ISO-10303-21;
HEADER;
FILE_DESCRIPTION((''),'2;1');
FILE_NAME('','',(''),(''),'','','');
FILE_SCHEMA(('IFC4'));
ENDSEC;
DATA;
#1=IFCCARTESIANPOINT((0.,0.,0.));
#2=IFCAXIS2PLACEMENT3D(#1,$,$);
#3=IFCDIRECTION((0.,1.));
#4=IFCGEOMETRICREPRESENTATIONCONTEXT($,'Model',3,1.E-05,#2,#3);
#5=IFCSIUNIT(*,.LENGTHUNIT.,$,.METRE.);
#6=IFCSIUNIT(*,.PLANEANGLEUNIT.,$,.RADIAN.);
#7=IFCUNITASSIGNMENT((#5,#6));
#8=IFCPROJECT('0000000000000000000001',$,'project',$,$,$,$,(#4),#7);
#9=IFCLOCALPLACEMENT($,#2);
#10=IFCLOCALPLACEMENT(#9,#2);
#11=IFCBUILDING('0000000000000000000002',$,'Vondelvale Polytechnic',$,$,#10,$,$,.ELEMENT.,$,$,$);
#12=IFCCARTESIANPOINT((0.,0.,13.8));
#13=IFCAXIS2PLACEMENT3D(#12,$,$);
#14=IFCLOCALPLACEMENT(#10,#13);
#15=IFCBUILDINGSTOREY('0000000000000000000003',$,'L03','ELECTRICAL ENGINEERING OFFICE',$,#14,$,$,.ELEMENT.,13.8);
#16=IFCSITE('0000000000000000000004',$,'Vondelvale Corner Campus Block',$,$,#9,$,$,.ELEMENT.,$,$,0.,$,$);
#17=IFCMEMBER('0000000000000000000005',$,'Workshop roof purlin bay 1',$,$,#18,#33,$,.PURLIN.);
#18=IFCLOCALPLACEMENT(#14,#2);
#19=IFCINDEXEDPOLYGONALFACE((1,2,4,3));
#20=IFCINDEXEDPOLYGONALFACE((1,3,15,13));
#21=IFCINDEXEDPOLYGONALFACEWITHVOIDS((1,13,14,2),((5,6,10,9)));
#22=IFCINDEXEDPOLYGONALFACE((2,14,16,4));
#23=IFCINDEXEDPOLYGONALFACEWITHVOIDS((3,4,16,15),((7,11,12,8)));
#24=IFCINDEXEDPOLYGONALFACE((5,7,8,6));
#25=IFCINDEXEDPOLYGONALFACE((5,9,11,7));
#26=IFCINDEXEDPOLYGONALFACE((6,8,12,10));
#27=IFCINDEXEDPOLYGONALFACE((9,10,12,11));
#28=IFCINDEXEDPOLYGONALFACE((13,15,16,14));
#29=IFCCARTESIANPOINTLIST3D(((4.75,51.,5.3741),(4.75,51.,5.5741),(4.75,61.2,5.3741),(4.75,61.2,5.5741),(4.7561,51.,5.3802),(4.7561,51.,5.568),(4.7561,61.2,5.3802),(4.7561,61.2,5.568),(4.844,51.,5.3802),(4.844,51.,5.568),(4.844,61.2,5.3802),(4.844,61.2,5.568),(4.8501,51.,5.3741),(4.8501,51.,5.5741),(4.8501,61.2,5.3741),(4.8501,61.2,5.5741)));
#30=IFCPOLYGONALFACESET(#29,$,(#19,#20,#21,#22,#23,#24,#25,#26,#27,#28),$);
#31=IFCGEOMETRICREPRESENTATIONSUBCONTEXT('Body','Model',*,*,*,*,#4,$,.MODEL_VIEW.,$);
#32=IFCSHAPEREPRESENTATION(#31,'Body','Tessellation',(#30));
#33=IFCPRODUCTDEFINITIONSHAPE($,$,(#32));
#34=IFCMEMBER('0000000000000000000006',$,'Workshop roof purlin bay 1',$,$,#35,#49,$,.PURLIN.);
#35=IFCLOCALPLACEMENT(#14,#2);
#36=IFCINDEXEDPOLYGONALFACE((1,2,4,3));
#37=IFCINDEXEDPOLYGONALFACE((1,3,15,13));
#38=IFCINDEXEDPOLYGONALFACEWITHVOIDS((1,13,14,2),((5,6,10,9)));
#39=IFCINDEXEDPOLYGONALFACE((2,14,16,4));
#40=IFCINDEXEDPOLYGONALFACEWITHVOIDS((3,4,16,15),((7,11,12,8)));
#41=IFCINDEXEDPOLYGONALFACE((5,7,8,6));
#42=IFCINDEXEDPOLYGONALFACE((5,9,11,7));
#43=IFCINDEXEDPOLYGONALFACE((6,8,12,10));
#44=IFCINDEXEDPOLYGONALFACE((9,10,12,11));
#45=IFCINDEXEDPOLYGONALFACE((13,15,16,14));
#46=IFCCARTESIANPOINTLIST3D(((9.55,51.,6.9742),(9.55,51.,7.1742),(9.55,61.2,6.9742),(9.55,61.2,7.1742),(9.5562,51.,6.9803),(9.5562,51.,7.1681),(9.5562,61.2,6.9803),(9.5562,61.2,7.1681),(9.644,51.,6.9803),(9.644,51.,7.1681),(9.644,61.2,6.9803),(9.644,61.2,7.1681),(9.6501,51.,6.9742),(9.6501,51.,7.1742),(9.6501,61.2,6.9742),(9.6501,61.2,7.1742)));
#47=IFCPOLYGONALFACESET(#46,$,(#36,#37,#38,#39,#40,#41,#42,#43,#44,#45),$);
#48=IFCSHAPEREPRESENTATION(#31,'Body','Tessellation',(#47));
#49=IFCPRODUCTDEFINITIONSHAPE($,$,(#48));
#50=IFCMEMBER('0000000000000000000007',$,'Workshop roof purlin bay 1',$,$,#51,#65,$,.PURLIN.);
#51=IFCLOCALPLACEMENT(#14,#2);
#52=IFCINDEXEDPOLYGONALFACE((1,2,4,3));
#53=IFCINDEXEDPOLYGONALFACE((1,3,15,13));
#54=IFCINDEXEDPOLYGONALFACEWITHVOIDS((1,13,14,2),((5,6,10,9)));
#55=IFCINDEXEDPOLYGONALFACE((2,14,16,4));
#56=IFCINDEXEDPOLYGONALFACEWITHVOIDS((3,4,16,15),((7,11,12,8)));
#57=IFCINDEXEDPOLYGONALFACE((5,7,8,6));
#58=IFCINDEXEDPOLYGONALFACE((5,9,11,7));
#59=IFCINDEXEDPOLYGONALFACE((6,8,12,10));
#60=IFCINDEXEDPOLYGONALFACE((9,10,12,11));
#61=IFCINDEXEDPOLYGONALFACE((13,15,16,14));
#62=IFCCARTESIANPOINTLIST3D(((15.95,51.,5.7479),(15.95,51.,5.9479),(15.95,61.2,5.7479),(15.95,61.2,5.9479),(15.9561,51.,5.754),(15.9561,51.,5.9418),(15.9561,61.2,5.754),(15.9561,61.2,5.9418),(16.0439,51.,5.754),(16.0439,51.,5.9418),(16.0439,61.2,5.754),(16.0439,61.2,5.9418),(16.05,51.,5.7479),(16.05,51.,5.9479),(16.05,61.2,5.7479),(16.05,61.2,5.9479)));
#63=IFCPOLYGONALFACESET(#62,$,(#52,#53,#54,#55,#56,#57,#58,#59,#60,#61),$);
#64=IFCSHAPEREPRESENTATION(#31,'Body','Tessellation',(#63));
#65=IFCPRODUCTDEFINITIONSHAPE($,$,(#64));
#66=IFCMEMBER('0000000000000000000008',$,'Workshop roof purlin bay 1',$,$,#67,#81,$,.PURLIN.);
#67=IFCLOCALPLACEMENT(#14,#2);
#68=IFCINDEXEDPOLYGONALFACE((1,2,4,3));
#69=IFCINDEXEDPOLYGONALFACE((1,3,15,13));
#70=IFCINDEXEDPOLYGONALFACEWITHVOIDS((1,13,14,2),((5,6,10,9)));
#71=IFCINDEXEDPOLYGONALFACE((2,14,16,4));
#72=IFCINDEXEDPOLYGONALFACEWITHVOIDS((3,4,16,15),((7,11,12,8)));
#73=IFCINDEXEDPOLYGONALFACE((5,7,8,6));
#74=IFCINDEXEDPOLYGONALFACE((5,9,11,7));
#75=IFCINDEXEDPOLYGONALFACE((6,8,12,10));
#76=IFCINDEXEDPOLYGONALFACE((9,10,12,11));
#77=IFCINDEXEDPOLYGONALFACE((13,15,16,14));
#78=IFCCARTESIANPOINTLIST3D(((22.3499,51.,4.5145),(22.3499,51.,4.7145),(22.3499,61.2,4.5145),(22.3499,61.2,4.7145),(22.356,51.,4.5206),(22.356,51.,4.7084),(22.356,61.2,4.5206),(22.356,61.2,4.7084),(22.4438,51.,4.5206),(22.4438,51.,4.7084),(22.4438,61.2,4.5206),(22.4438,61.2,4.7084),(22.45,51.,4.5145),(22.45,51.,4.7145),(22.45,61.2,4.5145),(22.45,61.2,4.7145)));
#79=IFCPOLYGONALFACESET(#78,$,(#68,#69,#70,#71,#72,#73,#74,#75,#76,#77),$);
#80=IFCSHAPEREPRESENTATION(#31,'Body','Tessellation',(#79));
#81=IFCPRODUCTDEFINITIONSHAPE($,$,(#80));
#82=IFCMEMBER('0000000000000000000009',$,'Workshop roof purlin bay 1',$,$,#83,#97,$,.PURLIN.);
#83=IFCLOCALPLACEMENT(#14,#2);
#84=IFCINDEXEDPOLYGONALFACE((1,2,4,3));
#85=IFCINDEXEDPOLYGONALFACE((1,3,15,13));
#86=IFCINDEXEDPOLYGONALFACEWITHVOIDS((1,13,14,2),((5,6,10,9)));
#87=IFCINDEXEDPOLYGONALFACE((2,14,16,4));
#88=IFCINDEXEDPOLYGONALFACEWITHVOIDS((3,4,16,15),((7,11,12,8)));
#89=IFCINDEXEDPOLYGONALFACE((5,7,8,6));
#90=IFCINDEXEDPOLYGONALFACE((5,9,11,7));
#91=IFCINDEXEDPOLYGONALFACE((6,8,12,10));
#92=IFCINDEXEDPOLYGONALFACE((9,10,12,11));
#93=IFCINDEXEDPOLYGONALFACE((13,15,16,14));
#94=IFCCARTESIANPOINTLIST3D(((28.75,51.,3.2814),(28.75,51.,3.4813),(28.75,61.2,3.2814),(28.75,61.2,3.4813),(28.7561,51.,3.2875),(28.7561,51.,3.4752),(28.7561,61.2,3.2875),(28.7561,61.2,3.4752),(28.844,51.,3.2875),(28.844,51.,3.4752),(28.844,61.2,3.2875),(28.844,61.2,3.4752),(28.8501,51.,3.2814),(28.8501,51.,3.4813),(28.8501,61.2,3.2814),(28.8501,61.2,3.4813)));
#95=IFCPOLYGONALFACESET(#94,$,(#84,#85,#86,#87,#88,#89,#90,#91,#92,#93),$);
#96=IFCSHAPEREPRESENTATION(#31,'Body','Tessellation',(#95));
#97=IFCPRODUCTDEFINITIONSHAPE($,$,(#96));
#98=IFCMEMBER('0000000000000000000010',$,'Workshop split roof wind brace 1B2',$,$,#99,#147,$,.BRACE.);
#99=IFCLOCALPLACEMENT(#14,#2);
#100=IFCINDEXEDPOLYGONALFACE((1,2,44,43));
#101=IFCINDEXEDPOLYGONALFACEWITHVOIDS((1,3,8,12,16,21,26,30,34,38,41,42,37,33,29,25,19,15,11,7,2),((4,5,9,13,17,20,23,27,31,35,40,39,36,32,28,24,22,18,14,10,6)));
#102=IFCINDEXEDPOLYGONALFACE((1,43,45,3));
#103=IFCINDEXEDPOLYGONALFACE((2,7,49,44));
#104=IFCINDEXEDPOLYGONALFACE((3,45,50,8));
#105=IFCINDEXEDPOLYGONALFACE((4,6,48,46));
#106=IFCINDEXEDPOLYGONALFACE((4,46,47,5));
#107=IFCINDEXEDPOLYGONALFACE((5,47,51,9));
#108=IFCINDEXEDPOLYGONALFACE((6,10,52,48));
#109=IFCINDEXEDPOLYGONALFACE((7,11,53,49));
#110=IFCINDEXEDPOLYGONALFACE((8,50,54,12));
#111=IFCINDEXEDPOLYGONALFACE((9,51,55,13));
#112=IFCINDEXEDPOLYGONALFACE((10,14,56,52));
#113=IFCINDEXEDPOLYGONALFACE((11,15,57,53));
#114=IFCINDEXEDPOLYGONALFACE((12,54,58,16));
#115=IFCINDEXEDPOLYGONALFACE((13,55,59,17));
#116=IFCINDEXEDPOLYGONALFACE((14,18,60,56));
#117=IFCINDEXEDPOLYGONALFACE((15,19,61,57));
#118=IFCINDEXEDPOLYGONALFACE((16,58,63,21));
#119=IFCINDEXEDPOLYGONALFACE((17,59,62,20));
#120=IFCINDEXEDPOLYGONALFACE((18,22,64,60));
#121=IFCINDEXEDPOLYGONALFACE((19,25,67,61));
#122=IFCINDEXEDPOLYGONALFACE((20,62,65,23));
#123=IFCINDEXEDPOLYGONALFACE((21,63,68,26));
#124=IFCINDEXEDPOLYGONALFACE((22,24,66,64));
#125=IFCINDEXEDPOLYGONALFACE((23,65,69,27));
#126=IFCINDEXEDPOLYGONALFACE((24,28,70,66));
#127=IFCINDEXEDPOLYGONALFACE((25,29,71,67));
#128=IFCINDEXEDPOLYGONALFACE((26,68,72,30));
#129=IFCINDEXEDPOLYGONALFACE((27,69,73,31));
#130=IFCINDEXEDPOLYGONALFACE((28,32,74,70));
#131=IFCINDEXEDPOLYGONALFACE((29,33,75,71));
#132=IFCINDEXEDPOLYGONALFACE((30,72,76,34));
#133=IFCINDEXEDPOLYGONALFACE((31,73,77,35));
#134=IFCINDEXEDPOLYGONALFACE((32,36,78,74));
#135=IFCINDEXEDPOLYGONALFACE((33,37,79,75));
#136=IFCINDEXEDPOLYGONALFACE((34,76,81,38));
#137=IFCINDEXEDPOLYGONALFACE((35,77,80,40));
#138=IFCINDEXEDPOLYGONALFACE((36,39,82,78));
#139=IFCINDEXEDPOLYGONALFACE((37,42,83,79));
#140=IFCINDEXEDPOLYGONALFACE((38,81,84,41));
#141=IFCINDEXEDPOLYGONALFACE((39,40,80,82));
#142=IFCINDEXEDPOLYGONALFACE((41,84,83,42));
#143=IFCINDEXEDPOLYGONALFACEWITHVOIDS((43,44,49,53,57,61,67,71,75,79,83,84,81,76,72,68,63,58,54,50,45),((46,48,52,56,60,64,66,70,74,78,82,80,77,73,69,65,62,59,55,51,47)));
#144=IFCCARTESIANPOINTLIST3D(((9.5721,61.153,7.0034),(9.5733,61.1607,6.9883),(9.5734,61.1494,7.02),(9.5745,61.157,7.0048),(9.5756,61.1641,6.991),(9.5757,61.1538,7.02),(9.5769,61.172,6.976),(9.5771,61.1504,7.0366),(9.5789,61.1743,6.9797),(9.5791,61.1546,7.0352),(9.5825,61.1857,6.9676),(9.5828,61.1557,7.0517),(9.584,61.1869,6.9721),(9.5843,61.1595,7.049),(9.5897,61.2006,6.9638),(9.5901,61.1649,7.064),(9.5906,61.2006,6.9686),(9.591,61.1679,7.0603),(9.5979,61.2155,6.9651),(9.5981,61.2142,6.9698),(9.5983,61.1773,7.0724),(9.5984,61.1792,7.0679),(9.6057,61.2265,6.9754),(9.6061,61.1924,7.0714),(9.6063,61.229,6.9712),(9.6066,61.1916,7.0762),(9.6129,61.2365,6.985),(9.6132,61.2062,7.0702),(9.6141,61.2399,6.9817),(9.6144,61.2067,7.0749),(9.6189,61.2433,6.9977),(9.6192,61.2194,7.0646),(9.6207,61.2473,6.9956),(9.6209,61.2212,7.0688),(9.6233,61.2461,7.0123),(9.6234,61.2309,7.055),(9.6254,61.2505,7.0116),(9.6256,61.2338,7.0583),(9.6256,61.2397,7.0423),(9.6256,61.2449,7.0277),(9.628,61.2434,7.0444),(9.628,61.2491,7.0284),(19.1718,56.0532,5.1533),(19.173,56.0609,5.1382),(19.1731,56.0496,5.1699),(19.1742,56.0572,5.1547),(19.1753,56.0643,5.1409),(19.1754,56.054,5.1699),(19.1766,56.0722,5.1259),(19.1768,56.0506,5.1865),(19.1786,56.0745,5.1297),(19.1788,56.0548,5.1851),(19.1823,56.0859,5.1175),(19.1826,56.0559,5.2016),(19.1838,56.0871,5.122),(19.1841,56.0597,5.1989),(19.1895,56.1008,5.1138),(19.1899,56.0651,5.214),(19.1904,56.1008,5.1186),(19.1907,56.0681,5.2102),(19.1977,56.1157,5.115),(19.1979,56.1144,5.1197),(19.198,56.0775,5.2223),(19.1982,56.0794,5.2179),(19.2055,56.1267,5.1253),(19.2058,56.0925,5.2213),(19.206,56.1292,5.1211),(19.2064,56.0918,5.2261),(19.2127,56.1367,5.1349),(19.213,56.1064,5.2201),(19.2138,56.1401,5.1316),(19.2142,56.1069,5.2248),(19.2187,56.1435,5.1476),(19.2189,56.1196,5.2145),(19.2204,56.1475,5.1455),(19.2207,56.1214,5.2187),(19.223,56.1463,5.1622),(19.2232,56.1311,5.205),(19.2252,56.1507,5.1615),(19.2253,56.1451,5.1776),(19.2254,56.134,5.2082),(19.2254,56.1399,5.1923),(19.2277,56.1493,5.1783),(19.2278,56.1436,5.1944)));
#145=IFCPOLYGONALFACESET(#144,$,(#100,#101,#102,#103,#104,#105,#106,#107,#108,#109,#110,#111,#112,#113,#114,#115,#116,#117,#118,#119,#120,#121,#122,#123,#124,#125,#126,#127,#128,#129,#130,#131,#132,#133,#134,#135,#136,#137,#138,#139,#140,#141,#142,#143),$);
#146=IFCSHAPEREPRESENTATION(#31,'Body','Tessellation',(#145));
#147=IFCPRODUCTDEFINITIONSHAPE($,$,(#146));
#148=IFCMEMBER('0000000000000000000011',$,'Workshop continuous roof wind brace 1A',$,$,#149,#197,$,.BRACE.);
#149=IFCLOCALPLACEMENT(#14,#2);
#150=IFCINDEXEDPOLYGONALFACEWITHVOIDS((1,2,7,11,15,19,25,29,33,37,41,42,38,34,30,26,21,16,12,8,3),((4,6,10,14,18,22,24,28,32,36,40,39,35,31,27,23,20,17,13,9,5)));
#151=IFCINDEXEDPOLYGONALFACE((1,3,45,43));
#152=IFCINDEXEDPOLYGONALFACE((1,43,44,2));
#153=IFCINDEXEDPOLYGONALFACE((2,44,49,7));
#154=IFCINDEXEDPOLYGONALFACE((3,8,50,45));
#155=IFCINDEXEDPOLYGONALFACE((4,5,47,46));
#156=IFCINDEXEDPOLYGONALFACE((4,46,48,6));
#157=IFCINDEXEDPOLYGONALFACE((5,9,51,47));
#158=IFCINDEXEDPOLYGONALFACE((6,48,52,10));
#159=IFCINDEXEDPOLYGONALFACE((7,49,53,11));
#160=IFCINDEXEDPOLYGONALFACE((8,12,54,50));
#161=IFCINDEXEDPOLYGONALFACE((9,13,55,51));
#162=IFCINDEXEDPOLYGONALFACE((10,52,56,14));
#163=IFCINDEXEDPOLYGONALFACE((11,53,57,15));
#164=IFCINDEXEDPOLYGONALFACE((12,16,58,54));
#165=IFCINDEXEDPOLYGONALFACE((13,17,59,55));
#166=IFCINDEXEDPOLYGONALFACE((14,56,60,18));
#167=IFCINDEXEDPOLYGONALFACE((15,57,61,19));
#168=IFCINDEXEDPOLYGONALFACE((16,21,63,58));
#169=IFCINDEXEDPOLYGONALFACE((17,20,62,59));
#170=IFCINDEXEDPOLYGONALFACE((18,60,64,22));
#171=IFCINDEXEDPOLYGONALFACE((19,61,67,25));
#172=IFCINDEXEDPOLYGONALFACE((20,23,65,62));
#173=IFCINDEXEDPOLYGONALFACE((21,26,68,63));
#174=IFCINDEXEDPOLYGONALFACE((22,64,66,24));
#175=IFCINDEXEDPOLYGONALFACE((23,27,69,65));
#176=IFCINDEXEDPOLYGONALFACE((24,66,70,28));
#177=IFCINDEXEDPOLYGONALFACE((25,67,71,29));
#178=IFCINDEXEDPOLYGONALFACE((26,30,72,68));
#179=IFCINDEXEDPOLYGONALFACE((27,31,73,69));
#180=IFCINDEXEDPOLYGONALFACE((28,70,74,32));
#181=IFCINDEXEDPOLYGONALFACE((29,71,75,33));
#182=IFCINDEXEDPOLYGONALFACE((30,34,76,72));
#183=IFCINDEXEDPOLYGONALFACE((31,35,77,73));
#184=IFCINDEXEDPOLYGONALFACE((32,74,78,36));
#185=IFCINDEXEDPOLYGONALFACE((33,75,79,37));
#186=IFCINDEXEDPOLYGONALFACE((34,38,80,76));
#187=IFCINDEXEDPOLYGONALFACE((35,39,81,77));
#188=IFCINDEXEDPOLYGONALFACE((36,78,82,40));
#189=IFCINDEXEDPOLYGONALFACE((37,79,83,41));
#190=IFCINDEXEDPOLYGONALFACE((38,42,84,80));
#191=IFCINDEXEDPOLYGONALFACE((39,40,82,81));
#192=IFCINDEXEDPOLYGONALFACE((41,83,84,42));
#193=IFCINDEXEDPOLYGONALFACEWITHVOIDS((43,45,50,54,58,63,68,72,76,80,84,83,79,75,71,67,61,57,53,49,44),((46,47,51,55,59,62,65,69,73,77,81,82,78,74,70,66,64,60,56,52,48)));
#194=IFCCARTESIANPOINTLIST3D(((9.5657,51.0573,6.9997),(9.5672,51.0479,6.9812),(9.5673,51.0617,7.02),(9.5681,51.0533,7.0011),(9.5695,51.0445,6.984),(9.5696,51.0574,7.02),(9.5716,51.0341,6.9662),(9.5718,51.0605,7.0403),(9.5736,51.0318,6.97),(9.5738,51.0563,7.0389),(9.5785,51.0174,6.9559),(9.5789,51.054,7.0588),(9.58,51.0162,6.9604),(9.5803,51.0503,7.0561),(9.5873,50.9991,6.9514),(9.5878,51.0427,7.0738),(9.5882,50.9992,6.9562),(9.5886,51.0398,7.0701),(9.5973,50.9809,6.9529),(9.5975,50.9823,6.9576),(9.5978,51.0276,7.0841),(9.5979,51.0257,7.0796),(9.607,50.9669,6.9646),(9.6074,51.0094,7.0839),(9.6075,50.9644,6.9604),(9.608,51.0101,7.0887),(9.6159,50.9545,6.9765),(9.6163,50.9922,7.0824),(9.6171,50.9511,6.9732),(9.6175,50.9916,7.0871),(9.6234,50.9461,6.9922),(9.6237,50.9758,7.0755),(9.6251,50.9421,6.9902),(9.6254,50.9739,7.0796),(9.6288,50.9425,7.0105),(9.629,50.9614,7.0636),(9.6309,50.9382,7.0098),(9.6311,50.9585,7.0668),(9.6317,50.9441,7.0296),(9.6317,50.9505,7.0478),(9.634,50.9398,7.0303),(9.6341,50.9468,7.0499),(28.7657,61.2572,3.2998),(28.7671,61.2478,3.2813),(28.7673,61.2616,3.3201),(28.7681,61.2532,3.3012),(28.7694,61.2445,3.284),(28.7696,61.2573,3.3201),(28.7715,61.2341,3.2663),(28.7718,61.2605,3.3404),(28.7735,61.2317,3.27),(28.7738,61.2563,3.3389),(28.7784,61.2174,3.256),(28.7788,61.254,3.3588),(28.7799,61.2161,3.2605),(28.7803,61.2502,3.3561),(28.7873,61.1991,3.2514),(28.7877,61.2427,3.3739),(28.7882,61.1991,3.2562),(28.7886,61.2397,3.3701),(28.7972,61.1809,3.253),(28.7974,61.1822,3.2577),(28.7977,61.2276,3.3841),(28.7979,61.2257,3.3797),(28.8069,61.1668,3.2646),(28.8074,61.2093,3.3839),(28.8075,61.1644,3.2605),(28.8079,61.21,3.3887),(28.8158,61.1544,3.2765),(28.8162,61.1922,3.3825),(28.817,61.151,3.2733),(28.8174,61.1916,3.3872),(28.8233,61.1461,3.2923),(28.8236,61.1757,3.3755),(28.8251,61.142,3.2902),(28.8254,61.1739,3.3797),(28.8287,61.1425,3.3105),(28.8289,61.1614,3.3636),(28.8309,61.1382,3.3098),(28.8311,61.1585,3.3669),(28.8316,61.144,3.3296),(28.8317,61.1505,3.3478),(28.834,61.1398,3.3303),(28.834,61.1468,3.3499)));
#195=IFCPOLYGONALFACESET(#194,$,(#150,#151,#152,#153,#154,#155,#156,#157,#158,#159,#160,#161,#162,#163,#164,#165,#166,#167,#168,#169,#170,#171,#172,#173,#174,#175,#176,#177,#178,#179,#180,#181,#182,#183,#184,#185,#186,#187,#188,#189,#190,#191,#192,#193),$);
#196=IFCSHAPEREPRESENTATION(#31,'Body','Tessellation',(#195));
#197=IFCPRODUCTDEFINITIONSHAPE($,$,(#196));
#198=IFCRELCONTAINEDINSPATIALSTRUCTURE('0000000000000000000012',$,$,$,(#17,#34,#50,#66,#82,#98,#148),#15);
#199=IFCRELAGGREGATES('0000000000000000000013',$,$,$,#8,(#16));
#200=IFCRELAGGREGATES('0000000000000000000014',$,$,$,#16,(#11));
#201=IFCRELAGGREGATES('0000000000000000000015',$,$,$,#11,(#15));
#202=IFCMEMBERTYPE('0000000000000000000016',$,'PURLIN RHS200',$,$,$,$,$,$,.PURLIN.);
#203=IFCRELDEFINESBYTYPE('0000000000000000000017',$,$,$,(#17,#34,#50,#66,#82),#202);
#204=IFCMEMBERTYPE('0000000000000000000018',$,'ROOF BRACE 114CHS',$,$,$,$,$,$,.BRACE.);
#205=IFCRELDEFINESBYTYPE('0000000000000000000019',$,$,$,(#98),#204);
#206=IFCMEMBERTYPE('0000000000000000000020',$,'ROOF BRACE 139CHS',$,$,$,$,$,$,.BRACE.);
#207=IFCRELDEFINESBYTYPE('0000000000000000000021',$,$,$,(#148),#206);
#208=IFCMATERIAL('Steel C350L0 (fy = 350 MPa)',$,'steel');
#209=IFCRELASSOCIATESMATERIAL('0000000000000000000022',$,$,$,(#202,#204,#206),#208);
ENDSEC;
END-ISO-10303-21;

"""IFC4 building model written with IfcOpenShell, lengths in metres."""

from ifc_helpers import new_model, si_unit, direction, frame, origin, origin_2d, place, context, subcontext, project, spatial, hollow_rectangle, hollow_circle, extrude, material, material_profile, profile_set, type_object, element, save


model = new_model("IFC4")

# Units and contexts
model_context = context("Model", 3, precision=1e-05, world=origin(), true_north=direction((0.0, 1.0)))
body_context = subcontext(model_context, "Body", "Model", "MODEL_VIEW")
ifc_project = project(units=[si_unit("LENGTHUNIT", "METRE"), si_unit("PLANEANGLEUNIT", "RADIAN")], contexts=[model_context])

# Site, building, storey
site_placement = place(None, origin())
site = spatial("IfcSite", under=ifc_project, at=site_placement, Name="Vondelvale Corner Campus Block", CompositionType="ELEMENT", RefElevation=0.0)
building_placement = place(site_placement, origin())
building = spatial("IfcBuilding", under=site, at=building_placement, Name="Vondelvale Polytechnic", CompositionType="ELEMENT")
storey_placement = place(building_placement, frame((0.0, 0.0, 13.8)))
storey = spatial("IfcBuildingStorey", under=building, at=storey_placement, Name="L03", Description="ELECTRICAL ENGINEERING OFFICE", CompositionType="ELEMENT", Elevation=13.8)

# Members
ifc_material_1 = material(Name="Steel C350L0 (fy = 350 MPa)", Category="steel")
ifc_material_profile_1 = material_profile(ifc_material_1, hollow_rectangle(XDim=0.1001, YDim=0.2, WallThickness=0.0061, at=origin_2d()), Name="200x100x6.0RHS")
ifc_profile_set_1 = profile_set([ifc_material_profile_1], Name="Steel C350L0 (fy = 350 MPa)")
member_type_1 = type_object("IfcMemberType", Name="PURLIN RHS200", PredefinedType="PURLIN", material=ifc_profile_set_1)
for number, where, z_axis, x_axis, name in (
    (1, (4.8, 51.0, 5.4741), (0.0, 1.0, 0.0), (-1.0, 0.0, 0.0), "Workshop roof purlin bay 1"),
    (2, (9.6001, 51.0, 7.0742), (0.0, 1.0, 0.0), (-1.0, 0.0, 0.0), "Workshop roof purlin bay 1"),
    (3, (16.0, 51.0, 5.8479), (0.0, 1.0, 0.0), (-1.0, 0.0, 0.0), "Workshop roof purlin bay 1"),
    (4, (22.3999, 51.0, 4.6145), (0.0, 1.0, 0.0), (-1.0, 0.0, 0.0), "Workshop roof purlin bay 1"),
    (5, (28.8, 51.0, 3.3813), (0.0, 1.0, 0.0), (-1.0, 0.0, 0.0), "Workshop roof purlin bay 1"),
):
    element("IfcMember", number, at=place(storey_placement, frame(where, z_axis=z_axis, x_axis=x_axis)), inside=storey, type_object=member_type_1, Name=name, PredefinedType="PURLIN", context=body_context, shape_type="SweptSolid", body=[
        extrude(hollow_rectangle(XDim=0.1001, YDim=0.2, WallThickness=0.0061, at=origin_2d()), origin(), (0.0, 0.0, 1.0), 10.2),
    ])
ifc_material_profile_2 = material_profile(ifc_material_1, hollow_circle(Radius=0.0571, WallThickness=0.0049, at=origin_2d()), Name="114.3x4.8CHS")
ifc_profile_set_2 = profile_set([ifc_material_profile_2], Name="Steel C350L0 (fy = 350 MPa)")
member_type_2 = type_object("IfcMemberType", Name="ROOF BRACE 114CHS", PredefinedType="BRACE", material=ifc_profile_set_2)
member_1_placement = place(storey_placement, frame((19.2, 56.1001, 5.1699), z_axis=(-0.870599, 0.4625, 0.167783), x_axis=(-0.46915, -0.883118, 0.0)))
element("IfcMember", 6, at=member_1_placement, inside=storey, type_object=member_type_2, Name="Workshop split roof wind brace 1B2", PredefinedType="BRACE", context=body_context, shape_type="SweptSolid", body=[
    extrude(hollow_circle(Radius=0.0571, WallThickness=0.0049, at=origin_2d()), origin(), (0.0, 0.0, 1.0), 11.0266),
])
ifc_material_profile_3 = material_profile(ifc_material_1, hollow_circle(Radius=0.0698, WallThickness=0.0049, at=origin_2d()), Name="139.7x5.0CHS")
ifc_profile_set_3 = profile_set([ifc_material_profile_3], Name="Steel C350L0 (fy = 350 MPa)")
member_type_3 = type_object("IfcMemberType", Name="ROOF BRACE 139CHS", PredefinedType="BRACE", material=ifc_profile_set_3)
member_2_placement = place(storey_placement, frame((9.6001, 51.0, 7.02), z_axis=(0.870599, 0.462505, -0.16777), x_axis=(-0.469154, 0.883116, 0.0)))
element("IfcMember", 7, at=member_2_placement, inside=storey, type_object=member_type_3, Name="Workshop continuous roof wind brace 1A", PredefinedType="BRACE", context=body_context, shape_type="SweptSolid", body=[
    extrude(hollow_circle(Radius=0.0698, WallThickness=0.0049, at=origin_2d()), origin(), (0.0, 0.0, 1.0), 22.0537),
])

save(model, "model.ifc")
